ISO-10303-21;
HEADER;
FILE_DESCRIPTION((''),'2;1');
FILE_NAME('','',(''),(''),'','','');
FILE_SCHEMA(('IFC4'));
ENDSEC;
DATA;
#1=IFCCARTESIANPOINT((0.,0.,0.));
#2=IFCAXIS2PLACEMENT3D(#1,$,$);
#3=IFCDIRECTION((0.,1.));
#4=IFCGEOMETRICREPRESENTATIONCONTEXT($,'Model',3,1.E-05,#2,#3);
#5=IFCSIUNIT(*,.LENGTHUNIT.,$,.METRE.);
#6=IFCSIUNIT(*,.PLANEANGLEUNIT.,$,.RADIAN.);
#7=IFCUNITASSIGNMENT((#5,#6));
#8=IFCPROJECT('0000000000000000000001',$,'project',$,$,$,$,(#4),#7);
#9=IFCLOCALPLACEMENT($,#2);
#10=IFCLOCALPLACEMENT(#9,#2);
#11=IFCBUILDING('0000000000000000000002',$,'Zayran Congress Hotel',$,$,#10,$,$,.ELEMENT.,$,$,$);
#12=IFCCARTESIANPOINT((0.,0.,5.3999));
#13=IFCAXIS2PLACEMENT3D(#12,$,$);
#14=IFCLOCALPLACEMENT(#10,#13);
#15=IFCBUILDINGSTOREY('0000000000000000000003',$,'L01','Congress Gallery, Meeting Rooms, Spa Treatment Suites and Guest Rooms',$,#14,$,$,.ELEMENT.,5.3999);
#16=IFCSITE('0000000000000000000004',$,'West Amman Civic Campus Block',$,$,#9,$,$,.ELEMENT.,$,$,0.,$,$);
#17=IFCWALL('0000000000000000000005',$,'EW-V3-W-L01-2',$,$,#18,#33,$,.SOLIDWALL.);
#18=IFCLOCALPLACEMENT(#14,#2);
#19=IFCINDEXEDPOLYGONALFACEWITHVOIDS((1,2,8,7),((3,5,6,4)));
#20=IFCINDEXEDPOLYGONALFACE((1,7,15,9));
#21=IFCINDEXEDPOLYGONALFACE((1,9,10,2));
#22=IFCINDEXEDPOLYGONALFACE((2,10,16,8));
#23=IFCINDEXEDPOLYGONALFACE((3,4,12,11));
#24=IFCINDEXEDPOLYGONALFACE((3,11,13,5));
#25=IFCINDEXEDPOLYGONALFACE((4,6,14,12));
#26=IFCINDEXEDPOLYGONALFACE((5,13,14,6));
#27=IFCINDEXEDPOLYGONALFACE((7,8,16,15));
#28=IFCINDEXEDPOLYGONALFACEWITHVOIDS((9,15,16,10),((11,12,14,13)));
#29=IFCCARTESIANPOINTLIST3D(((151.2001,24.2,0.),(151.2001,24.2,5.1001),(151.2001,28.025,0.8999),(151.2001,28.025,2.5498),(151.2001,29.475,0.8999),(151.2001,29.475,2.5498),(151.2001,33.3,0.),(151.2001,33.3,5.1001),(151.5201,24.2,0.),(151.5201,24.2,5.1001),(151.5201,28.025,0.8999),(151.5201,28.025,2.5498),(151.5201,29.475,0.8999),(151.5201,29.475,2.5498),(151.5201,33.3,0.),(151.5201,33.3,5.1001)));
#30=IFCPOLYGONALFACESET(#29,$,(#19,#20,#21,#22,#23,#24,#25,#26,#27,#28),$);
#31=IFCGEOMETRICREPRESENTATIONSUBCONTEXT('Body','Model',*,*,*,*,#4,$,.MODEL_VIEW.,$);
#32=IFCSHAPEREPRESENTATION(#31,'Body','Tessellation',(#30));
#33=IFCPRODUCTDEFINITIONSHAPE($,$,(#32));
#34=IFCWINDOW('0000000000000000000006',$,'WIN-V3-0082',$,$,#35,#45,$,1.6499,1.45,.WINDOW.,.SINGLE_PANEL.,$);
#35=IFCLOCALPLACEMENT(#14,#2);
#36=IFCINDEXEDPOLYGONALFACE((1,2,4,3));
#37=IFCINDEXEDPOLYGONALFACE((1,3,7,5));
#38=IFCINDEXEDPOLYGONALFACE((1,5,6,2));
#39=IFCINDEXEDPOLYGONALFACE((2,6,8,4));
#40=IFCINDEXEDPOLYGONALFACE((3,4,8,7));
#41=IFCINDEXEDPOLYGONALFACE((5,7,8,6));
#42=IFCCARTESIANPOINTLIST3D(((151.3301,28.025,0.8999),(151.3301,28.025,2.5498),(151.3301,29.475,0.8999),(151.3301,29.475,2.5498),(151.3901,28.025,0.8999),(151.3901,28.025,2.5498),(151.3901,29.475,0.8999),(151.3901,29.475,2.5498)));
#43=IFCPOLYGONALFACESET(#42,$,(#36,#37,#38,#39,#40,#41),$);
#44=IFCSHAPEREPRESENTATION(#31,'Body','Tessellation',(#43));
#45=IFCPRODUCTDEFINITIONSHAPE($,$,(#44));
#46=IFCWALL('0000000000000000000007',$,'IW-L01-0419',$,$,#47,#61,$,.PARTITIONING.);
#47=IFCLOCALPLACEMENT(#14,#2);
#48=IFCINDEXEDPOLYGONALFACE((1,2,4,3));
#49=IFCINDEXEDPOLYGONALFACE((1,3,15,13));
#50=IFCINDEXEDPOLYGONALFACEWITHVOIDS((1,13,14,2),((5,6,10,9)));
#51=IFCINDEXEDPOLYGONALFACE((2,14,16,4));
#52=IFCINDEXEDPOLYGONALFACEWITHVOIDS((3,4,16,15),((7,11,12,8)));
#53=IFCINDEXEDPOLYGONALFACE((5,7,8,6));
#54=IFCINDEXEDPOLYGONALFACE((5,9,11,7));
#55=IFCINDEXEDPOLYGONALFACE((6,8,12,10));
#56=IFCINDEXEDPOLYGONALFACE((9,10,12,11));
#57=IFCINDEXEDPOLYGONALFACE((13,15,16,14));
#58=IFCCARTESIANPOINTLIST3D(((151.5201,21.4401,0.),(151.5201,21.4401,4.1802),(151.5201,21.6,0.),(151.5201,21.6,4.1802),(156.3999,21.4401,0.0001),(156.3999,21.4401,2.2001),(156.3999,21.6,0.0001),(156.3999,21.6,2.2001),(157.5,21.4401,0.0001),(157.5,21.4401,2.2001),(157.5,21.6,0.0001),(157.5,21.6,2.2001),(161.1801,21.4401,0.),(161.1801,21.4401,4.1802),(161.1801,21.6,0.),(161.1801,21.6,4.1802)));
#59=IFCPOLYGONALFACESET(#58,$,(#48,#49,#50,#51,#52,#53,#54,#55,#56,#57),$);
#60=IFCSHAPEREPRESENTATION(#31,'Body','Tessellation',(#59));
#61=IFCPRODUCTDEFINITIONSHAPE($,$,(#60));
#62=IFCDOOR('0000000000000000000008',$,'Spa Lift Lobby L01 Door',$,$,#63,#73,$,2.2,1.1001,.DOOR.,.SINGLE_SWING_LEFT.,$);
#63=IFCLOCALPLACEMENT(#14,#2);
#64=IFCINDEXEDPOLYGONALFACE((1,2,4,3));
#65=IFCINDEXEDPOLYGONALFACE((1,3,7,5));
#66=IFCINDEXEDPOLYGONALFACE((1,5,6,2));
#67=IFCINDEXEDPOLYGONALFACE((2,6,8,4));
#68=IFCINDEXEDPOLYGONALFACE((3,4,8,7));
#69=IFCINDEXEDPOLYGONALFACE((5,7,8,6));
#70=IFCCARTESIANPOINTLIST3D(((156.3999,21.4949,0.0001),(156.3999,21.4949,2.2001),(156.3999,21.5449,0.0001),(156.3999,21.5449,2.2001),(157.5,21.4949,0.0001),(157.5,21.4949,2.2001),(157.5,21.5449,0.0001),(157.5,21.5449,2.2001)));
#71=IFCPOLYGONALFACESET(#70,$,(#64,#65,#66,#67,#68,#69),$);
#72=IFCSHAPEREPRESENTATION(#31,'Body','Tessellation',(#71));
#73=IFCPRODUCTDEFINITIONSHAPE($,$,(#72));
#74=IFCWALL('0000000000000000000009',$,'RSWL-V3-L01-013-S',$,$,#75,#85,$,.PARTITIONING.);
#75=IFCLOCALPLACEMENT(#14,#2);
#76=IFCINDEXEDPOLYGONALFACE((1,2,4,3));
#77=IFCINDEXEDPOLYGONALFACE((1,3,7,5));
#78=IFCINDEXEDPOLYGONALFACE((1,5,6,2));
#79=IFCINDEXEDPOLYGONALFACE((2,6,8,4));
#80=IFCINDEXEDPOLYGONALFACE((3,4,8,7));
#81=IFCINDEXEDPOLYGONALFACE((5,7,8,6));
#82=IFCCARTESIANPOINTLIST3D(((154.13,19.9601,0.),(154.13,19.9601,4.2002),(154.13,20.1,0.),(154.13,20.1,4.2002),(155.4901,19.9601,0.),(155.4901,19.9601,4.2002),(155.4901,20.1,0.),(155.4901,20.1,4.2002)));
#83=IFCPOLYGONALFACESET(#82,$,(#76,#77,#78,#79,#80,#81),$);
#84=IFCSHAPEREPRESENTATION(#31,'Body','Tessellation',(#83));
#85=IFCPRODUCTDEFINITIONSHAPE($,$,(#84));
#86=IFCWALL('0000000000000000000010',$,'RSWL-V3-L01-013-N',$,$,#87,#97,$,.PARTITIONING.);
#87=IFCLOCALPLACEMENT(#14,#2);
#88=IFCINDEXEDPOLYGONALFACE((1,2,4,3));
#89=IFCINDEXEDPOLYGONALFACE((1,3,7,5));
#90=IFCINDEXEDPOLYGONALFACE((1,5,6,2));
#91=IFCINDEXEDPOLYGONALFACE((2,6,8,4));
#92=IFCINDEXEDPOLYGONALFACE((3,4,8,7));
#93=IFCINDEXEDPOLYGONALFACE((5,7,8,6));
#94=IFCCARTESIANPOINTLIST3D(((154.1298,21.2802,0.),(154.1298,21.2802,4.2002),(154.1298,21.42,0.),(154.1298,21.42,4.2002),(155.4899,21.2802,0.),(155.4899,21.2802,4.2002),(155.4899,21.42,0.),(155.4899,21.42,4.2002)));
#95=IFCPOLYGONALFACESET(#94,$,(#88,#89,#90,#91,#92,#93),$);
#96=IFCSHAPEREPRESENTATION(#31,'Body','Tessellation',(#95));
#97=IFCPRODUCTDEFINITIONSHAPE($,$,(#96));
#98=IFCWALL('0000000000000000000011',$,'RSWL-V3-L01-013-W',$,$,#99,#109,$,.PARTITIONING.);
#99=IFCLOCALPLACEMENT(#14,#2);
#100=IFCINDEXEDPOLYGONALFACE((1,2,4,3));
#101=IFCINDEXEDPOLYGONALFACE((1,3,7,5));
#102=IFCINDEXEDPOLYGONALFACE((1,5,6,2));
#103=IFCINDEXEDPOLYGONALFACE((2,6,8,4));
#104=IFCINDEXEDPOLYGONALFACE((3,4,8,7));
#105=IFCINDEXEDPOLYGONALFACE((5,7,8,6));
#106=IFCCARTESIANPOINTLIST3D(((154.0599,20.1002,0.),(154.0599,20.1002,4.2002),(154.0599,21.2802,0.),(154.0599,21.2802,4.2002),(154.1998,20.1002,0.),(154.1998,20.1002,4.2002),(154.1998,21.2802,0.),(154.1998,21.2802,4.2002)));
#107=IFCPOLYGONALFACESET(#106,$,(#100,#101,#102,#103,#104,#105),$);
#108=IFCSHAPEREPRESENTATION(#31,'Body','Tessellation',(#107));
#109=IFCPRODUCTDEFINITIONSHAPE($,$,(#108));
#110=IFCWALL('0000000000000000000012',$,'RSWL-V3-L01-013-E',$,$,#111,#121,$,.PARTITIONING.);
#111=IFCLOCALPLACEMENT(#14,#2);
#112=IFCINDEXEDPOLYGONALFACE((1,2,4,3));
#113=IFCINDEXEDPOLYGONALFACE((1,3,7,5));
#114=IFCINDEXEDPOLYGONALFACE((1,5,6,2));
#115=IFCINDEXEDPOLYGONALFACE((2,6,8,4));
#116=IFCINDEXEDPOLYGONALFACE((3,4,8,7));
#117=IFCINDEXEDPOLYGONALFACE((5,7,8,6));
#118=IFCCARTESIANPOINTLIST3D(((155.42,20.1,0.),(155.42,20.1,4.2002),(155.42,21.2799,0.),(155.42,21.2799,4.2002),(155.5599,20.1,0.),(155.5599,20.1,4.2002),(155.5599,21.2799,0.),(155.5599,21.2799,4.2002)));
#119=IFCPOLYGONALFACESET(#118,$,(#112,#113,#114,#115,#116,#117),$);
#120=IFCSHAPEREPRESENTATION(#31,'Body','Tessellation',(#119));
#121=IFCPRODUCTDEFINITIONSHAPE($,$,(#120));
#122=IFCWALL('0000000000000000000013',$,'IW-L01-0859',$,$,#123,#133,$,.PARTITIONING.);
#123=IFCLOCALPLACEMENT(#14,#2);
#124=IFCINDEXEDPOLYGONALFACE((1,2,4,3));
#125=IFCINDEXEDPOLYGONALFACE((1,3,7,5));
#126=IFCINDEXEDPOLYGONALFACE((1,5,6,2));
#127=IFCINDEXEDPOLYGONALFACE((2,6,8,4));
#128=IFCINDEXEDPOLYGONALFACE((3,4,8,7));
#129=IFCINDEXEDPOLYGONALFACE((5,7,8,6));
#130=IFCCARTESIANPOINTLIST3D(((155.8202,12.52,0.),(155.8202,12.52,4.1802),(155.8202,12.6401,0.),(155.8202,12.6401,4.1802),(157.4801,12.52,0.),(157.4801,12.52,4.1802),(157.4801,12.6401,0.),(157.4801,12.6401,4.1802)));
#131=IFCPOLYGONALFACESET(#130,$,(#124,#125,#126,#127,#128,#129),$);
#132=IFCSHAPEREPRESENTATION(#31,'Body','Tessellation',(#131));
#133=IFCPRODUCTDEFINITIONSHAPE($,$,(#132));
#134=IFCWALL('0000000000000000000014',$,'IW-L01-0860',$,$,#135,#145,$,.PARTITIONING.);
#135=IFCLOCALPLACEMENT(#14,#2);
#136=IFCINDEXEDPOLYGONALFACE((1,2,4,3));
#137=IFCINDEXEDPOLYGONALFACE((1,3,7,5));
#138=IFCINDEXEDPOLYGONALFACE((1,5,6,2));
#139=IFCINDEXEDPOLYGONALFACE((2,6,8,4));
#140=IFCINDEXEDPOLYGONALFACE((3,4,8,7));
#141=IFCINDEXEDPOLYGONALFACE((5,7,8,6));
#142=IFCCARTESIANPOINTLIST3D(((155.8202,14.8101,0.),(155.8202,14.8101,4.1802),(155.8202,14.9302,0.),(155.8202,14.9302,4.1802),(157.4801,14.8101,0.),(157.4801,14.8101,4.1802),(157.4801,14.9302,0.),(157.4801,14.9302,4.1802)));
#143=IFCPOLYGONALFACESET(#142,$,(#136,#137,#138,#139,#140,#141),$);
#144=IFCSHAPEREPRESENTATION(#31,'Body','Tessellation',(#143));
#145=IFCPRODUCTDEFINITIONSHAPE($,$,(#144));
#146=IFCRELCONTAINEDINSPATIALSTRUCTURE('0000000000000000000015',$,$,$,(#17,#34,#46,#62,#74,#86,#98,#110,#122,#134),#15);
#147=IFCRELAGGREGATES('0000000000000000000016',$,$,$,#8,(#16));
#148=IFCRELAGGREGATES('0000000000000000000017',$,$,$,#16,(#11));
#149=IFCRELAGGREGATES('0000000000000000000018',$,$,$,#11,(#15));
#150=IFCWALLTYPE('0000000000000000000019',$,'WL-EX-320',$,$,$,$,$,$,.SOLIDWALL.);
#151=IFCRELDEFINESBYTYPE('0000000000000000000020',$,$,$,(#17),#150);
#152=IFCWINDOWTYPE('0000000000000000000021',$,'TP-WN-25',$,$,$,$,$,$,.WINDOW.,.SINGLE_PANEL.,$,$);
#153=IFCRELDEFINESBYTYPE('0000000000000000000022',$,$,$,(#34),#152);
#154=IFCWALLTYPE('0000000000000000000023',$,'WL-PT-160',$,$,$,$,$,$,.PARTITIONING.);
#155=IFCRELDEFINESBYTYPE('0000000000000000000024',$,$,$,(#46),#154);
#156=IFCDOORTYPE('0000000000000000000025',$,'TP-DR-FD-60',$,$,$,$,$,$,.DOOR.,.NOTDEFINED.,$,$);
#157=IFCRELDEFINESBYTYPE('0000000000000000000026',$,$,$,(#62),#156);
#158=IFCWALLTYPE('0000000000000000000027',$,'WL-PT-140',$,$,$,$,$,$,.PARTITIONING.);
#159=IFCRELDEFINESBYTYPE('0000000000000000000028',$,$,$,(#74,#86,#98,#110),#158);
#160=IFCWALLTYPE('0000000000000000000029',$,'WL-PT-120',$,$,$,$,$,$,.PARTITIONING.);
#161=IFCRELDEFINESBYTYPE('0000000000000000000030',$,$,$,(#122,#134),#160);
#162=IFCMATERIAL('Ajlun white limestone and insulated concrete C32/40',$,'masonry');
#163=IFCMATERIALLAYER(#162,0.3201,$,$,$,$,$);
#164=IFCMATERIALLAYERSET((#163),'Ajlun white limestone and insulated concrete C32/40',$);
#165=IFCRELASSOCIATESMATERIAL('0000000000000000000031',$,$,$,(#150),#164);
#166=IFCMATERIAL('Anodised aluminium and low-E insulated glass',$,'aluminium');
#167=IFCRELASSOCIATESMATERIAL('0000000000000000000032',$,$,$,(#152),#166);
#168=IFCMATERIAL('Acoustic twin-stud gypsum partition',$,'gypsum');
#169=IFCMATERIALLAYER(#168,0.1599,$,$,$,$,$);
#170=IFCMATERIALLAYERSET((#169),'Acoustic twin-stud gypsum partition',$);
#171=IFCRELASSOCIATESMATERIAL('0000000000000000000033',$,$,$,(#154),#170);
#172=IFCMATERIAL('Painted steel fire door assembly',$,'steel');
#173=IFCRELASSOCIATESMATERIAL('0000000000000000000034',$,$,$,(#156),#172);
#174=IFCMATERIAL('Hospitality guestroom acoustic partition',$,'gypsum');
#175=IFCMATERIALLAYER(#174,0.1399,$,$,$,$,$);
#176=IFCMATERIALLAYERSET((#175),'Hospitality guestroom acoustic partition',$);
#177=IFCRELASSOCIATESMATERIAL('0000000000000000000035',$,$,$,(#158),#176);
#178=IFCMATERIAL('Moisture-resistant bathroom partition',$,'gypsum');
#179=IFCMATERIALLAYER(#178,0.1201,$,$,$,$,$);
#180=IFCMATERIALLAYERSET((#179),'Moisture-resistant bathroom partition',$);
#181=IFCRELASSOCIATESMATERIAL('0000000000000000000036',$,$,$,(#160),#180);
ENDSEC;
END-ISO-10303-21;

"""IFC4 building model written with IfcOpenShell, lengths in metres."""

from ifc_helpers import new_model, si_unit, direction, frame, frame_2d, origin, place, context, subcontext, project, spatial, rectangle, extrude, material, layer, layer_set, type_object, element, fill, save


model = new_model("IFC4")

# Units and contexts
model_context = context("Model", 3, precision=1e-05, world=origin(), true_north=direction((0.0, 1.0)))
body_context = subcontext(model_context, "Body", "Model", "MODEL_VIEW")
ifc_project = project(units=[si_unit("LENGTHUNIT", "METRE"), si_unit("PLANEANGLEUNIT", "RADIAN")], contexts=[model_context])

# Site, building, storey
site_placement = place(None, origin())
site = spatial("IfcSite", under=ifc_project, at=site_placement, Name="West Amman Civic Campus Block", CompositionType="ELEMENT", RefElevation=0.0)
building_placement = place(site_placement, origin())
building = spatial("IfcBuilding", under=site, at=building_placement, Name="Zayran Congress Hotel", CompositionType="ELEMENT")
storey_placement = place(building_placement, frame((0.0, 0.0, 5.3999)))
storey = spatial("IfcBuildingStorey", under=building, at=storey_placement, Name="L01", Description="Congress Gallery, Meeting Rooms, Spa Treatment Suites and Guest Rooms", CompositionType="ELEMENT", Elevation=5.3999)

# Wall, opening, window
ifc_material_1 = material(Name="Ajlun white limestone and insulated concrete C32/40", Category="masonry")
ifc_layer_1 = layer(ifc_material_1, 0.3201)
ifc_layer_set_1 = layer_set([ifc_layer_1], Name="Ajlun white limestone and insulated concrete C32/40")
wall_type_1 = type_object("IfcWallType", Name="WL-EX-320", PredefinedType="SOLIDWALL", material=ifc_layer_set_1)
ifc_material_2 = material(Name="Anodised aluminium and low-E insulated glass", Category="aluminium")
wall_1_placement = place(storey_placement, frame((151.3601, 24.2, 0.0), z_axis=(0.0, 0.0, 1.0), x_axis=(0.0, 1.0, 0.0)))
wall_1 = element("IfcWall", 1, at=wall_1_placement, inside=storey, type_object=wall_type_1, Name="EW-V3-W-L01-2", PredefinedType="SOLIDWALL", context=body_context, shape_type="SweptSolid", body=[
    extrude(rectangle(XDim=9.1001, YDim=0.3201, at=frame_2d((4.55, 0.0))), origin(), (0.0, 0.0, 1.0), 5.1001),
])
opening_1_placement = place(wall_1_placement, frame((3.825, 0.0, 0.8999)))
opening_1 = element("IfcOpeningElement", 2, at=opening_1_placement, cuts=wall_1, PredefinedType="OPENING", context=body_context, shape_type="SweptSolid", body=[
    extrude(rectangle(XDim=1.45, YDim=1.6499, at=frame_2d((0.7251, 0.825))), frame((0.0, 0.1699, 0.0), z_axis=(0.0, -1.0, 0.0), x_axis=(1.0, 0.0, 0.0)), (0.0, 0.0, 1.0), 0.3401),
])
window_type_1 = type_object("IfcWindowType", Name="TP-WN-25", PartitioningType="SINGLE_PANEL", PredefinedType="WINDOW", material=ifc_material_2)
window_1_placement = place(opening_1_placement, origin())
window_1 = element("IfcWindow", 3, at=window_1_placement, inside=storey, type_object=window_type_1, Name="WIN-V3-0082", OverallHeight=1.6499, OverallWidth=1.45, PartitioningType="SINGLE_PANEL", PredefinedType="WINDOW", context=body_context, shape_type="SweptSolid", body=[
    extrude(rectangle(XDim=1.45, YDim=1.6499, at=frame_2d((0.7251, 0.825))), frame((0.0, 0.03, 0.0), z_axis=(0.0, -1.0, 0.0), x_axis=(1.0, 0.0, 0.0)), (0.0, 0.0, 1.0), 0.0601),
])
fill(opening_1, window_1)

# Wall, opening, door
ifc_material_3 = material(Name="Acoustic twin-stud gypsum partition", Category="gypsum")
ifc_layer_2 = layer(ifc_material_3, 0.1599)
ifc_layer_set_2 = layer_set([ifc_layer_2], Name="Acoustic twin-stud gypsum partition")
wall_type_2 = type_object("IfcWallType", Name="WL-PT-160", PredefinedType="PARTITIONING", material=ifc_layer_set_2)
wall_2_placement = place(storey_placement, frame((151.52, 21.52, 0.0), z_axis=(0.0, 0.0, 1.0), x_axis=(1.0, 0.0, 0.0)))
wall_2 = element("IfcWall", 4, at=wall_2_placement, inside=storey, type_object=wall_type_2, Name="IW-L01-0419", PredefinedType="PARTITIONING", context=body_context, shape_type="SweptSolid", body=[
    extrude(rectangle(XDim=9.6599, YDim=0.1599, at=frame_2d((4.8301, 0.0))), origin(), (0.0, 0.0, 1.0), 4.1802),
])
opening_2_placement = place(wall_2_placement, frame((4.8799, 0.0, 0.0)))
opening_2 = element("IfcOpeningElement", 5, at=opening_2_placement, cuts=wall_2, PredefinedType="OPENING", context=body_context, shape_type="SweptSolid", body=[
    extrude(rectangle(XDim=1.1001, YDim=2.2, at=frame_2d((0.55, 1.1001))), frame((0.0, 0.0898, 0.0), z_axis=(0.0, -1.0, 0.0), x_axis=(1.0, 0.0, 0.0)), (0.0, 0.0, 1.0), 0.1799),
])
ifc_material_4 = material(Name="Painted steel fire door assembly", Category="steel")
door_type = type_object("IfcDoorType", Name="TP-DR-FD-60", OperationType="NOTDEFINED", PredefinedType="DOOR", material=ifc_material_4)
door_placement = place(opening_2_placement, origin())
door = element("IfcDoor", 6, at=door_placement, inside=storey, type_object=door_type, Name="Spa Lift Lobby L01 Door", OperationType="SINGLE_SWING_LEFT", OverallHeight=2.2, OverallWidth=1.1001, PredefinedType="DOOR", context=body_context, shape_type="SweptSolid", body=[
    extrude(rectangle(XDim=1.1001, YDim=2.2, at=frame_2d((0.55, 1.1001))), frame((0.0, 0.0249, 0.0), z_axis=(0.0, -1.0, 0.0), x_axis=(1.0, 0.0, 0.0)), (0.0, 0.0, 1.0), 0.05),
])
fill(opening_2, door)

# Walls
ifc_material_5 = material(Name="Hospitality guestroom acoustic partition", Category="gypsum")
ifc_layer_3 = layer(ifc_material_5, 0.1399)
ifc_layer_set_3 = layer_set([ifc_layer_3], Name="Hospitality guestroom acoustic partition")
wall_type_3 = type_object("IfcWallType", Name="WL-PT-140", PredefinedType="PARTITIONING", material=ifc_layer_set_3)
for number, where, z_axis, x_axis, name in (
    (7, (154.1299, 20.03, 0.0), (0.0, 0.0, 1.0), (1.0, 0.0, 0.0), "RSWL-V3-L01-013-S"),
    (8, (155.49, 21.3501, 0.0), (0.0, 0.0, 1.0), (-1.0, 0.0, 0.0), "RSWL-V3-L01-013-N"),
):
    element("IfcWall", number, at=place(storey_placement, frame(where, z_axis=z_axis, x_axis=x_axis)), inside=storey, type_object=wall_type_3, Name=name, PredefinedType="PARTITIONING", context=body_context, shape_type="SweptSolid", body=[
        extrude(rectangle(XDim=1.3601, YDim=0.1399, at=frame_2d((0.6802, 0.0))), origin(), (0.0, 0.0, 1.0), 4.2002),
    ])
for number, where, z_axis, x_axis, name in (
    (9, (154.1299, 21.28, 0.0), (0.0, 0.0, 1.0), (0.0, -1.0, 0.0), "RSWL-V3-L01-013-W"),
    (10, (155.49, 20.1001, 0.0), (0.0, 0.0, 1.0), (0.0, 1.0, 0.0), "RSWL-V3-L01-013-E"),
):
    element("IfcWall", number, at=place(storey_placement, frame(where, z_axis=z_axis, x_axis=x_axis)), inside=storey, type_object=wall_type_3, Name=name, PredefinedType="PARTITIONING", context=body_context, shape_type="SweptSolid", body=[
        extrude(rectangle(XDim=1.1799, YDim=0.1399, at=frame_2d((0.5898, 0.0))), origin(), (0.0, 0.0, 1.0), 4.2002),
    ])
ifc_material_6 = material(Name="Moisture-resistant bathroom partition", Category="gypsum")
ifc_layer_4 = layer(ifc_material_6, 0.1201)
ifc_layer_set_4 = layer_set([ifc_layer_4], Name="Moisture-resistant bathroom partition")
wall_type_4 = type_object("IfcWallType", Name="WL-PT-120", PredefinedType="PARTITIONING", material=ifc_layer_set_4)
for number, where, z_axis, x_axis, name in (
    (11, (155.8201, 12.5801, 0.0), (0.0, 0.0, 1.0), (1.0, 0.0, 0.0), "IW-L01-0859"),
    (12, (155.8201, 14.8701, 0.0), (0.0, 0.0, 1.0), (1.0, 0.0, 0.0), "IW-L01-0860"),
):
    element("IfcWall", number, at=place(storey_placement, frame(where, z_axis=z_axis, x_axis=x_axis)), inside=storey, type_object=wall_type_4, Name=name, PredefinedType="PARTITIONING", context=body_context, shape_type="SweptSolid", body=[
        extrude(rectangle(XDim=1.6599, YDim=0.1201, at=frame_2d((0.8301, 0.0))), origin(), (0.0, 0.0, 1.0), 4.1802),
    ])

save(model, "model.ifc")
